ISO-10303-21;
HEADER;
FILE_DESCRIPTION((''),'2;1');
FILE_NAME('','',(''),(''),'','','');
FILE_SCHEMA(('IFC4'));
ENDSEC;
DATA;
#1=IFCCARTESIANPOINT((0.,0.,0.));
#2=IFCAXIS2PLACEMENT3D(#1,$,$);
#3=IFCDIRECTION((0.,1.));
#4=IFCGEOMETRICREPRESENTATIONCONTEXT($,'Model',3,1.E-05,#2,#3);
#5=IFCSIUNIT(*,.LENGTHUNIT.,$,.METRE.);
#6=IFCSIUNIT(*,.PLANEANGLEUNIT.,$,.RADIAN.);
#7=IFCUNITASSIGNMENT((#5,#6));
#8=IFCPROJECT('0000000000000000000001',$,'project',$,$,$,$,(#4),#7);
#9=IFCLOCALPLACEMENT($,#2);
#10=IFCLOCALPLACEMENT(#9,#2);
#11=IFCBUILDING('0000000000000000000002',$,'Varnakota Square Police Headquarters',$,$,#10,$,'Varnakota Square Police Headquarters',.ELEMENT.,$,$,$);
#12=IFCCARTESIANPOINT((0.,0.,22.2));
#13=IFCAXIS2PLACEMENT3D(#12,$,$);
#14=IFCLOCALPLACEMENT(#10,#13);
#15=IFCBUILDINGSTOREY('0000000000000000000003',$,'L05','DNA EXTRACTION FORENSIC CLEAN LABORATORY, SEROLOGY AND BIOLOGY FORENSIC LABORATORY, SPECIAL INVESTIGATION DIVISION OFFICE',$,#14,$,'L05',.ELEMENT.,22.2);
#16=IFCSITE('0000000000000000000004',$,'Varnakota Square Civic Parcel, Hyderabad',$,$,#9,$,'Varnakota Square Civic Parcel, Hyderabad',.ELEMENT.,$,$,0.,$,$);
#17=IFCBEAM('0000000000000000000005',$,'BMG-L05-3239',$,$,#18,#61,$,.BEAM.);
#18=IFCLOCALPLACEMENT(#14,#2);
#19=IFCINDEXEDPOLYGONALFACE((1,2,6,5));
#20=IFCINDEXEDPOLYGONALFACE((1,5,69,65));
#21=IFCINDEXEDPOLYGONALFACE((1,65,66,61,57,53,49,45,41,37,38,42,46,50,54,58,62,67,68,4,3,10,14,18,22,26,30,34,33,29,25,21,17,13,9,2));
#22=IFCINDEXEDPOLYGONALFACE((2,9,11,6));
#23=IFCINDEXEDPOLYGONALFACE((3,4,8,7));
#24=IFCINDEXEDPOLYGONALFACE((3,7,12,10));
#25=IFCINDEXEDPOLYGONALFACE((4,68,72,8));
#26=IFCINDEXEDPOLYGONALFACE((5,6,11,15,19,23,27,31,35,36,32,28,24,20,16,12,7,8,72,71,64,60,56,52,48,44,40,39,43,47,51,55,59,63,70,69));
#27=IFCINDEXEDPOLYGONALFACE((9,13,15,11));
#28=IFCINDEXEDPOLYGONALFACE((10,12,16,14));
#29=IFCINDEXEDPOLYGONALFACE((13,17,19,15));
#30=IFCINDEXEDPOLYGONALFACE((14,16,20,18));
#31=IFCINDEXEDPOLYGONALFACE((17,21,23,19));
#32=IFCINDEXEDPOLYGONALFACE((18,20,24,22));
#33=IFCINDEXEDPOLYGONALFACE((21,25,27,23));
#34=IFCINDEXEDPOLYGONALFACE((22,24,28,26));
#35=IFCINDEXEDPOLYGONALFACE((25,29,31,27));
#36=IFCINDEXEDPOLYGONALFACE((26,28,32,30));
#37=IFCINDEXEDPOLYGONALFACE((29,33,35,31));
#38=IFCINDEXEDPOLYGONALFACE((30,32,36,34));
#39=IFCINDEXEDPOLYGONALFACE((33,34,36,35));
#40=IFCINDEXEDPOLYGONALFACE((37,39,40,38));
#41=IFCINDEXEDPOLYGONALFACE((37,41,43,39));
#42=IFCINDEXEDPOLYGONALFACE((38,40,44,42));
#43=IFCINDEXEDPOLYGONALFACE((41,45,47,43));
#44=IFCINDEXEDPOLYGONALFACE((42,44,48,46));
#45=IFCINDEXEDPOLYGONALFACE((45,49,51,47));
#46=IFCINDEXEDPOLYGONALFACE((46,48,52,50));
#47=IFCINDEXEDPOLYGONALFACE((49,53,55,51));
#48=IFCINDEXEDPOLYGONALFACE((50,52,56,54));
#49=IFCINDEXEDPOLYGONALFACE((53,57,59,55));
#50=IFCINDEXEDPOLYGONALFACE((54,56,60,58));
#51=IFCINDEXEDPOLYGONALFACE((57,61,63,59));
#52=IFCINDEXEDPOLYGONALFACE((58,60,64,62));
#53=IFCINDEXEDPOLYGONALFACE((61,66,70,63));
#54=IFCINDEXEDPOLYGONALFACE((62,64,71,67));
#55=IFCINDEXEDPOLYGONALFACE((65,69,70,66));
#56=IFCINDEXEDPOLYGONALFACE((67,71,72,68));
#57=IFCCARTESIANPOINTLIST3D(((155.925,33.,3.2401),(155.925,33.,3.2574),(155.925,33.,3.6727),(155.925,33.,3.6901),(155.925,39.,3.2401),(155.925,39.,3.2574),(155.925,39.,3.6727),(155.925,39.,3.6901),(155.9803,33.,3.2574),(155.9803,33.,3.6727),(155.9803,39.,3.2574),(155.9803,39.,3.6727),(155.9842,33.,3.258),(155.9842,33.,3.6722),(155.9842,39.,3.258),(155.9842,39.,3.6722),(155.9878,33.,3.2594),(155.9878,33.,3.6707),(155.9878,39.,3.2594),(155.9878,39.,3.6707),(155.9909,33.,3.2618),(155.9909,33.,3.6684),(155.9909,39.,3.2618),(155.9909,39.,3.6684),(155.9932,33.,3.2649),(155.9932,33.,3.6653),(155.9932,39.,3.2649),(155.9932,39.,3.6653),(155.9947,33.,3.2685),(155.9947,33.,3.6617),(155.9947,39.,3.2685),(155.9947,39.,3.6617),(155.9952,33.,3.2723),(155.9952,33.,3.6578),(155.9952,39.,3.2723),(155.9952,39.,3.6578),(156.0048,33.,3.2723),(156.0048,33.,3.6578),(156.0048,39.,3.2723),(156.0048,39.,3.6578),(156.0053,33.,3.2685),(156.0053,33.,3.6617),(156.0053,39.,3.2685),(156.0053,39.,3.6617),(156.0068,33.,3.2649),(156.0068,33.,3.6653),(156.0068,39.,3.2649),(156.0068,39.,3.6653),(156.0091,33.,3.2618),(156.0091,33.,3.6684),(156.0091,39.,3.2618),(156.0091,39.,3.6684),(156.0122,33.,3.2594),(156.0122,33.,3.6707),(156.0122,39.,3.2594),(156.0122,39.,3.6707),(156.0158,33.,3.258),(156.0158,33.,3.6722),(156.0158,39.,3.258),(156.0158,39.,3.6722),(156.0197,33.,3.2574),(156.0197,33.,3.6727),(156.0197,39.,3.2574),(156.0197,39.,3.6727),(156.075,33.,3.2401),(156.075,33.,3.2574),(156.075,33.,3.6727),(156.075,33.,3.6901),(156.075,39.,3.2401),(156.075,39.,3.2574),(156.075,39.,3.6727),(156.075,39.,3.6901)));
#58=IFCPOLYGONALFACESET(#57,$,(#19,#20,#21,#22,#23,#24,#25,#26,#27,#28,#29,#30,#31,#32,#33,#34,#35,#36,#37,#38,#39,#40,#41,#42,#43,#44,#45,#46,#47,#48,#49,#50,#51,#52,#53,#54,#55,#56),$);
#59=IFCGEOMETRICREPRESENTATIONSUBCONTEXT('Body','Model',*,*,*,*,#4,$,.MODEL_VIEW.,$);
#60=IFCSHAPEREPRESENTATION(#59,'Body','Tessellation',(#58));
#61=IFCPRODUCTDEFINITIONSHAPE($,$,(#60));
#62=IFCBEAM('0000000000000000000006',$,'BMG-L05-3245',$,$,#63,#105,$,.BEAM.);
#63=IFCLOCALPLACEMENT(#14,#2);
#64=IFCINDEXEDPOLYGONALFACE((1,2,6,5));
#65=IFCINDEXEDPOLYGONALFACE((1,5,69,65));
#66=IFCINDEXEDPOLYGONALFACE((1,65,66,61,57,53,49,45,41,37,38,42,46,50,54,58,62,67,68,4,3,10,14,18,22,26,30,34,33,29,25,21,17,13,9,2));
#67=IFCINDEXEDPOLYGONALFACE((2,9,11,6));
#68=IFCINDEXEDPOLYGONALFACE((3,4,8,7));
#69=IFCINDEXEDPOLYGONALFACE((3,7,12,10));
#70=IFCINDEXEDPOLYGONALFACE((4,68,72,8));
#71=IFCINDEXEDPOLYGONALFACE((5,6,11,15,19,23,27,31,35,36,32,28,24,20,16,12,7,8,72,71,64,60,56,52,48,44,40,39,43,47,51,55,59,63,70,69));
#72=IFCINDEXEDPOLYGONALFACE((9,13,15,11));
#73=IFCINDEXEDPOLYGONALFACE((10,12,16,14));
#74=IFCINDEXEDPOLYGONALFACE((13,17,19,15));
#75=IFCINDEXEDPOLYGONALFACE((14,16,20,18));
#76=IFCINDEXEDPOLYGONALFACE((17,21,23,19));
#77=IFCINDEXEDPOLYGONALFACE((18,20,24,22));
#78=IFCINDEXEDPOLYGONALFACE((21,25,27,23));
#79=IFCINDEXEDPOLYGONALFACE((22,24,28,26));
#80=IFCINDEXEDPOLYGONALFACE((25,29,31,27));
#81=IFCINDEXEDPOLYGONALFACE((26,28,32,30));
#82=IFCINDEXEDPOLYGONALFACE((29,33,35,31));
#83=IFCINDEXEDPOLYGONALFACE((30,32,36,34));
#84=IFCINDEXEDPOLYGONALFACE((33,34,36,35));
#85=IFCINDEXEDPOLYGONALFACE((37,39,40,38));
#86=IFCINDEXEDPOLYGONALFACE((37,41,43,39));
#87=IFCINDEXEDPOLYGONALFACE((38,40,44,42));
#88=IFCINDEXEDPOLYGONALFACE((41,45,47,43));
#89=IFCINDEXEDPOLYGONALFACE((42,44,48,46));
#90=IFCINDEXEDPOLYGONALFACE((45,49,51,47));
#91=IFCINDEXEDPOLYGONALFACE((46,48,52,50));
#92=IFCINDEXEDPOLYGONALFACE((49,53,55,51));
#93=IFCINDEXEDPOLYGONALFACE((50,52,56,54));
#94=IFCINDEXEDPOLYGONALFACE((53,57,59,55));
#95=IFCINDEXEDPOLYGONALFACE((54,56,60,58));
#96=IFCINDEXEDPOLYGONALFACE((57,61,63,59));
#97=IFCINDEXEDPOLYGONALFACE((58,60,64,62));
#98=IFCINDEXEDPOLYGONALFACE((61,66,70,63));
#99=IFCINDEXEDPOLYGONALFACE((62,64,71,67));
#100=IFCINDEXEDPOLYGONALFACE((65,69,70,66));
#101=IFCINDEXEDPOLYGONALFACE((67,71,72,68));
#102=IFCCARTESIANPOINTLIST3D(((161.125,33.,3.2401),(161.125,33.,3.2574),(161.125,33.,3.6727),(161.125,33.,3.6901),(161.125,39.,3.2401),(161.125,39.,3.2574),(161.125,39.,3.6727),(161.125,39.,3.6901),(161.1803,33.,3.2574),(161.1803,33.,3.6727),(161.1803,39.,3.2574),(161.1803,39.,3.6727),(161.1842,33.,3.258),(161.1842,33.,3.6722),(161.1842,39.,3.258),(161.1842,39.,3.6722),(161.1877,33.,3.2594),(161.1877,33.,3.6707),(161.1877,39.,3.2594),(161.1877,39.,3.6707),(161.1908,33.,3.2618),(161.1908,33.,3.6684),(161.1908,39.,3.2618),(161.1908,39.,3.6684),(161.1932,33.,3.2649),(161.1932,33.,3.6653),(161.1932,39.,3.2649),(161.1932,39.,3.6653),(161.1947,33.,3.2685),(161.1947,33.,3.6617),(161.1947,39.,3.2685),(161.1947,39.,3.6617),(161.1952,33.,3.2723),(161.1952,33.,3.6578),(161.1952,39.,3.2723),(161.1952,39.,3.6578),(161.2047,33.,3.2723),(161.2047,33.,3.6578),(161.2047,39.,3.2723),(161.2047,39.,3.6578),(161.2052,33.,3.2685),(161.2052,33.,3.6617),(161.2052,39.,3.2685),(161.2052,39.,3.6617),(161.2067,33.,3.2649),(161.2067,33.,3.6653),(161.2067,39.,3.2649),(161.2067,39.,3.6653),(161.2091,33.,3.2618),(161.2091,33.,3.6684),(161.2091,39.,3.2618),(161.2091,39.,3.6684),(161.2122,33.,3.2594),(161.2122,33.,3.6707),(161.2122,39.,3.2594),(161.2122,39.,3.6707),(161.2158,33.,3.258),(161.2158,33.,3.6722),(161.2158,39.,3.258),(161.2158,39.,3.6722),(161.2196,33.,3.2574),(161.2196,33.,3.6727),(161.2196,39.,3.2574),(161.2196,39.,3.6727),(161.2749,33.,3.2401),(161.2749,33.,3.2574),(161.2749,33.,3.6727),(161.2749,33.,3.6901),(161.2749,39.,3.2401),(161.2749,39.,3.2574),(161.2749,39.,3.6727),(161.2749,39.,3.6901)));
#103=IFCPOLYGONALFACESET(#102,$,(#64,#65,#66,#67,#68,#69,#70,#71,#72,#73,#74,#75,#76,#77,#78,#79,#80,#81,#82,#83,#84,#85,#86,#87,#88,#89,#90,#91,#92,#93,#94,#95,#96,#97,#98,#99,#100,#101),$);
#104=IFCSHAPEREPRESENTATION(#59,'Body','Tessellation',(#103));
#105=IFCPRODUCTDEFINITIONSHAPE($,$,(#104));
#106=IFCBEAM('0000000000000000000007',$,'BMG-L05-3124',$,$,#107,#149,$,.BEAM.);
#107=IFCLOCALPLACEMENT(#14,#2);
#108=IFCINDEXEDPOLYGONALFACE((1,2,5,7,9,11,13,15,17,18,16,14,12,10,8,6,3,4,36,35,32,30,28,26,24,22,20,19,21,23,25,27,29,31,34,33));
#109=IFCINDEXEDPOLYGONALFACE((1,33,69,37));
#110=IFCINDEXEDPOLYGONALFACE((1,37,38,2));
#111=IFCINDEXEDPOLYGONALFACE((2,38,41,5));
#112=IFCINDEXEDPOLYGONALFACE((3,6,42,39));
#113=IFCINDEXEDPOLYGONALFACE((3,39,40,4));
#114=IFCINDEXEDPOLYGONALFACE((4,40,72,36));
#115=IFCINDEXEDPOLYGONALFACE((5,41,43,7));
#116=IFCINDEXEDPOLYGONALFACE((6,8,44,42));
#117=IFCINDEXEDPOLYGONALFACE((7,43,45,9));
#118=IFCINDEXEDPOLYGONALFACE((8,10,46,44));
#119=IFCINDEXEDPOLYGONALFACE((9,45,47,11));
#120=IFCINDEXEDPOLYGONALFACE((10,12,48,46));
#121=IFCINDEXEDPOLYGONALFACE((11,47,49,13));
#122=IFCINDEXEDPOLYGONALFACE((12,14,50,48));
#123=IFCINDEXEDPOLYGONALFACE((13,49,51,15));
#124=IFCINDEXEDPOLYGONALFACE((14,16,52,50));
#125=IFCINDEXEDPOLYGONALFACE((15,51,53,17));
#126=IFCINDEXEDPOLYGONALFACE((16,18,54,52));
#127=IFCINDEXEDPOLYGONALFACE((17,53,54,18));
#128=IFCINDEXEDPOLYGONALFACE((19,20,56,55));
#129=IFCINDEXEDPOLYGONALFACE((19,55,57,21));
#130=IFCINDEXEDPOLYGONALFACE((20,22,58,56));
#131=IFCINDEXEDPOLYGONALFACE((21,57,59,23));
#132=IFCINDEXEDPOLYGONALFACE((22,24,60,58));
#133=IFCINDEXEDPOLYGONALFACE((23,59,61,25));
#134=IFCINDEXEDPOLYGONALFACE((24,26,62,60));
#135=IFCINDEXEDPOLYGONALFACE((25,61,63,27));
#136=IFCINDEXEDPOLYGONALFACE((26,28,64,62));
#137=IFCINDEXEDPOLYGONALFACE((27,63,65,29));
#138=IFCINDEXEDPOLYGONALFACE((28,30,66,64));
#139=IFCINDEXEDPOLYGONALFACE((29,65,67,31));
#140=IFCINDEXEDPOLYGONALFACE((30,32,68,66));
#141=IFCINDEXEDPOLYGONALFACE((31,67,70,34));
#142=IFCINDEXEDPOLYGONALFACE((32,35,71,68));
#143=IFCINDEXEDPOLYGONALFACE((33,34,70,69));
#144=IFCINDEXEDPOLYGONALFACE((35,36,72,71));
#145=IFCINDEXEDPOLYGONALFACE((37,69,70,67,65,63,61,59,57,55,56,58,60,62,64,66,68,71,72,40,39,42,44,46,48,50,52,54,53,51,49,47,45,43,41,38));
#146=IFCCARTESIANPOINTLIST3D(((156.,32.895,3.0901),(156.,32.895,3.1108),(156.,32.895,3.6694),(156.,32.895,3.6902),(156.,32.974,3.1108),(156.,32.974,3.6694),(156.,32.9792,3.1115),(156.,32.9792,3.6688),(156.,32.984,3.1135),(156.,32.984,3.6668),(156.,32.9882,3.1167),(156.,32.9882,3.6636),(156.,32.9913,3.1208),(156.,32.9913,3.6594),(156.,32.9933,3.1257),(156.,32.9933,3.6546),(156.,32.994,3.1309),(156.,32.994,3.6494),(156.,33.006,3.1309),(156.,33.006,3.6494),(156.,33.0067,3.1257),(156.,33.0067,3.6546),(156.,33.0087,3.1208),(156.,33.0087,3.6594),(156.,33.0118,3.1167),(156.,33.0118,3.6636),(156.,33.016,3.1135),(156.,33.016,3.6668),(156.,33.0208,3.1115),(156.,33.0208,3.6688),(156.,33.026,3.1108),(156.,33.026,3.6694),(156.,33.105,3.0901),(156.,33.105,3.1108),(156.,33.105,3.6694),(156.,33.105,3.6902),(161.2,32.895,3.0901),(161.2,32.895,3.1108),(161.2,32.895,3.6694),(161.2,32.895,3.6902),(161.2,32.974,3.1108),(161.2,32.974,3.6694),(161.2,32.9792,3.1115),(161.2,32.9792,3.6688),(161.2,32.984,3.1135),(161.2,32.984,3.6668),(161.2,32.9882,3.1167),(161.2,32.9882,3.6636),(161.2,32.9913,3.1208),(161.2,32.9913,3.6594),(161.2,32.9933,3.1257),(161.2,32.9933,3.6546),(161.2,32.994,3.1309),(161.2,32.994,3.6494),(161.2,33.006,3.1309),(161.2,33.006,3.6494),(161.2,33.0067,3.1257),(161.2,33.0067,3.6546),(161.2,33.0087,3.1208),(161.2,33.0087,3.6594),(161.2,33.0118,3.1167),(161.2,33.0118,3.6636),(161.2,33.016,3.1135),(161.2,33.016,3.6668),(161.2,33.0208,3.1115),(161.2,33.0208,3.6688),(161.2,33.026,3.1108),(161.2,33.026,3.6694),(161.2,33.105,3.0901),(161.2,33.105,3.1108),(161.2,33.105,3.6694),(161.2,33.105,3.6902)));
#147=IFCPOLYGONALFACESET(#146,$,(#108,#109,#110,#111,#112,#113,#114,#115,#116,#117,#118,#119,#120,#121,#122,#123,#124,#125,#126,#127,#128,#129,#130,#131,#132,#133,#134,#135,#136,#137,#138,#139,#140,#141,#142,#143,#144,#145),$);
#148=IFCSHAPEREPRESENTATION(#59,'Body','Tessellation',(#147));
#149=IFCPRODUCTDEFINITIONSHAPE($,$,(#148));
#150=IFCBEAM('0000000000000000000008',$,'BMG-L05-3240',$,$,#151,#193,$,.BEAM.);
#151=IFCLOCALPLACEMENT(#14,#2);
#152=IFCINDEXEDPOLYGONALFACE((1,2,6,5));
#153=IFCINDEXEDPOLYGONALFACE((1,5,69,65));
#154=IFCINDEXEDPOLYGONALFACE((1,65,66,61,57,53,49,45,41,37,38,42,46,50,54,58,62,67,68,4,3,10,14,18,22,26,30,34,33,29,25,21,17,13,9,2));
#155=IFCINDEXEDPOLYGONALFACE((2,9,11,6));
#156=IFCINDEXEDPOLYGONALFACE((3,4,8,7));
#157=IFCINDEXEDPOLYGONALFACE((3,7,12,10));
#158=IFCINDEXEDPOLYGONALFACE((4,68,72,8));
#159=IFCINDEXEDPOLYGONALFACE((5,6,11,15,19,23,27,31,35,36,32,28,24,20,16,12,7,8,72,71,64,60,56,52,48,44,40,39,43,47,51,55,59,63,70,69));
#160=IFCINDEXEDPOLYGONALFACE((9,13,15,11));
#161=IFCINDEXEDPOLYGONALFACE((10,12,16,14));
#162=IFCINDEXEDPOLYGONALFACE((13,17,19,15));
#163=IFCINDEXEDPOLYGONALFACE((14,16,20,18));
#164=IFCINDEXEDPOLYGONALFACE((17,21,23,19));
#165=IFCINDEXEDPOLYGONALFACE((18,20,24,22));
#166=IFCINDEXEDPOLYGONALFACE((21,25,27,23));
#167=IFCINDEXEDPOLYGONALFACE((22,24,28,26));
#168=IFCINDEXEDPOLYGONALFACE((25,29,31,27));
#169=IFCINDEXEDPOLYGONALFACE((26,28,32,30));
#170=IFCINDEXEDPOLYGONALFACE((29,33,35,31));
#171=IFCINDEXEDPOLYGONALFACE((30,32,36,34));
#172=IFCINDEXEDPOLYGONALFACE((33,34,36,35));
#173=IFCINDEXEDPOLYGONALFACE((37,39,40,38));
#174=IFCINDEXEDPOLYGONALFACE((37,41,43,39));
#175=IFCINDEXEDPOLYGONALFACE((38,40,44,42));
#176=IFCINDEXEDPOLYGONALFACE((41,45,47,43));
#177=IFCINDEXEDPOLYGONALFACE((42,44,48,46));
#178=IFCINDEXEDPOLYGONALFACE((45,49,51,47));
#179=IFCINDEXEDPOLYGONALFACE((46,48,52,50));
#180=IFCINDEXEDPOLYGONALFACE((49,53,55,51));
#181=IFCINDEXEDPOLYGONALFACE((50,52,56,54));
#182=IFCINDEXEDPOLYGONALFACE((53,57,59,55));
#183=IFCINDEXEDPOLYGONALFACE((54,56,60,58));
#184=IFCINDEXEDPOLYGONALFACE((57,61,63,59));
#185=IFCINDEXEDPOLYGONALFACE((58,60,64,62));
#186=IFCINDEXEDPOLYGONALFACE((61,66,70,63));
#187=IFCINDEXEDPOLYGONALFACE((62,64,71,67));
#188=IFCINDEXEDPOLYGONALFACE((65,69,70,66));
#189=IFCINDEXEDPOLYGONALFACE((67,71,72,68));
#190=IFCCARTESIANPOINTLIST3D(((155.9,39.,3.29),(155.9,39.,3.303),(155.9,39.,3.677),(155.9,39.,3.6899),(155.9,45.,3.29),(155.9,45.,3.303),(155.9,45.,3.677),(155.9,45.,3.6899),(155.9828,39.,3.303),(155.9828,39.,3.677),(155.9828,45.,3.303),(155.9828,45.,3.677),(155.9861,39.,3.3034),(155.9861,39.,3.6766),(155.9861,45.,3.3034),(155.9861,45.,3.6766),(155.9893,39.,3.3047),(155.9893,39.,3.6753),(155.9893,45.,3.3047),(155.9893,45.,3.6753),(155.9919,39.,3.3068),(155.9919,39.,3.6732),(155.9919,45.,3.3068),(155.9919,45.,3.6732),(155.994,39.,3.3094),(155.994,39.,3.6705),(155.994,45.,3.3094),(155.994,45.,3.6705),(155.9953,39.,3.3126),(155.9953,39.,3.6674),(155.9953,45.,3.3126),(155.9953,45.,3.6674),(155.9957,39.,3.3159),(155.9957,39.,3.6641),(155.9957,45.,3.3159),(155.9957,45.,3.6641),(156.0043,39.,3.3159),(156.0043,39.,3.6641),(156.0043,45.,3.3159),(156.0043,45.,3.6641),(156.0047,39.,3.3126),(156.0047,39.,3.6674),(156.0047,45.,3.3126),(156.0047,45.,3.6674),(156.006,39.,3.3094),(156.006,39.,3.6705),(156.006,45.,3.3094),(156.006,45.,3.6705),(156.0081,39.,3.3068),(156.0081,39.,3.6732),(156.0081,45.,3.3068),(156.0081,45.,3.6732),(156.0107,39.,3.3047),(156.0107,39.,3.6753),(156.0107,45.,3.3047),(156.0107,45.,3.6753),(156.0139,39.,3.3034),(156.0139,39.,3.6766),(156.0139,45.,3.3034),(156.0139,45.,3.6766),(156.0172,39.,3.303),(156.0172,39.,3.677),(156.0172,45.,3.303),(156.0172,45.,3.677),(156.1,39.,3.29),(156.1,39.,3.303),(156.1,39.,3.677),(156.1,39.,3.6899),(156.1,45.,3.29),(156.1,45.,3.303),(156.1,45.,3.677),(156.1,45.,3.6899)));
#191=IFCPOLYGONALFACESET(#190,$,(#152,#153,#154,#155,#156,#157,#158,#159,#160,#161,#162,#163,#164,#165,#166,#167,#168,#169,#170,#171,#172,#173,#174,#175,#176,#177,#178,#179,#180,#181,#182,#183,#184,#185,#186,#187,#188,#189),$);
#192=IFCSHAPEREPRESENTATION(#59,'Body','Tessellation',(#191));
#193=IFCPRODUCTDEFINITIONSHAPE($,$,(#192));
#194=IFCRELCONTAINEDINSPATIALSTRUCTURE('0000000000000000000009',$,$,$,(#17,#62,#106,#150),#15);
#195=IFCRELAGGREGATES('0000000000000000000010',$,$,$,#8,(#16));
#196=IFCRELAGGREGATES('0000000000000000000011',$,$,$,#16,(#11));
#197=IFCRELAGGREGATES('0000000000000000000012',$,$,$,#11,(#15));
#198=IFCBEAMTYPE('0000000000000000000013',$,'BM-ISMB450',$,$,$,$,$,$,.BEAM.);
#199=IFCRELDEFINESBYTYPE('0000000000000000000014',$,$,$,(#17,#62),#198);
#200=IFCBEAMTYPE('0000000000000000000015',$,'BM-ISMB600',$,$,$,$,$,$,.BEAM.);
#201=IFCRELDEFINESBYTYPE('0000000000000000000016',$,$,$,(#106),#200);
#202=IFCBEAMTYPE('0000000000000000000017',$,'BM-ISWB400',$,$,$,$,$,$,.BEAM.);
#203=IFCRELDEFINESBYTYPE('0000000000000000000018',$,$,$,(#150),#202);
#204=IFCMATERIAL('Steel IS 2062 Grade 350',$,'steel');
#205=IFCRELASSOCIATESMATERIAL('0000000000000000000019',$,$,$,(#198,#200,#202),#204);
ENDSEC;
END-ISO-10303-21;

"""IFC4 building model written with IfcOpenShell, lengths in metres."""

from ifc_helpers import new_model, si_unit, direction, frame, origin, origin_2d, place, context, subcontext, project, spatial, i_section, extrude, material, material_profile, profile_set, type_object, element, save


model = new_model("IFC4")

# Units and contexts
model_context = context("Model", 3, precision=1e-05, world=origin(), true_north=direction((0.0, 1.0)))
body_context = subcontext(model_context, "Body", "Model", "MODEL_VIEW")
ifc_project = project(units=[si_unit("LENGTHUNIT", "METRE"), si_unit("PLANEANGLEUNIT", "RADIAN")], contexts=[model_context])

# Site, building, storey
site_placement = place(None, origin())
site = spatial("IfcSite", under=ifc_project, at=site_placement, Name="Varnakota Square Civic Parcel, Hyderabad", LongName="Varnakota Square Civic Parcel, Hyderabad", CompositionType="ELEMENT", RefElevation=0.0)
building_placement = place(site_placement, origin())
building = spatial("IfcBuilding", under=site, at=building_placement, Name="Varnakota Square Police Headquarters", LongName="Varnakota Square Police Headquarters", CompositionType="ELEMENT")
storey_placement = place(building_placement, frame((0.0, 0.0, 22.2)))
storey = spatial("IfcBuildingStorey", under=building, at=storey_placement, Name="L05", Description="DNA EXTRACTION FORENSIC CLEAN LABORATORY, SEROLOGY AND BIOLOGY FORENSIC LABORATORY, SPECIAL INVESTIGATION DIVISION OFFICE", LongName="L05", CompositionType="ELEMENT", Elevation=22.2)

# Shared definitions
ifc_material_1 = material(Name="Steel IS 2062 Grade 350", Category="steel")

# Beams
ifc_material_profile_1 = material_profile(ifc_material_1, i_section(OverallWidth=0.1499, OverallDepth=0.45, WebThickness=0.0095, FlangeThickness=0.0173, FilletRadius=0.0149, at=origin_2d()), Name="ISMB 450")
ifc_profile_set_1 = profile_set([ifc_material_profile_1], Name="Steel IS 2062 Grade 350")
beam_type_1 = type_object("IfcBeamType", Name="BM-ISMB450", PredefinedType="BEAM", material=ifc_profile_set_1)
for number, where, z_axis, x_axis, name in (
    (1, (156.0, 33.0, 3.4651), (0.0, 1.0, 0.0), (-1.0, 0.0, 0.0), "BMG-L05-3239"),
    (2, (161.2, 33.0, 3.4651), (0.0, 1.0, 0.0), (-1.0, 0.0, 0.0), "BMG-L05-3245"),
):
    element("IfcBeam", number, at=place(storey_placement, frame(where, z_axis=z_axis, x_axis=x_axis)), inside=storey, type_object=beam_type_1, Name=name, PredefinedType="BEAM", context=body_context, shape_type="SweptSolid", body=[
        extrude(i_section(OverallWidth=0.1499, OverallDepth=0.45, WebThickness=0.0095, FlangeThickness=0.0173, FilletRadius=0.0149, at=origin_2d()), origin(), (0.0, 0.0, 1.0), 6.0),
    ])
ifc_material_profile_2 = material_profile(ifc_material_1, i_section(OverallWidth=0.21, OverallDepth=0.6001, WebThickness=0.012, FlangeThickness=0.0208, FilletRadius=0.02, at=origin_2d()), Name="ISMB 600")
ifc_profile_set_2 = profile_set([ifc_material_profile_2], Name="Steel IS 2062 Grade 350")
beam_type_2 = type_object("IfcBeamType", Name="BM-ISMB600", PredefinedType="BEAM", material=ifc_profile_set_2)
beam_1_placement = place(storey_placement, frame((156.0, 33.0, 3.3901), z_axis=(1.0, 0.0, 0.0), x_axis=(0.0, 1.0, 0.0)))
element("IfcBeam", 3, at=beam_1_placement, inside=storey, type_object=beam_type_2, Name="BMG-L05-3124", PredefinedType="BEAM", context=body_context, shape_type="SweptSolid", body=[
    extrude(i_section(OverallWidth=0.21, OverallDepth=0.6001, WebThickness=0.012, FlangeThickness=0.0208, FilletRadius=0.02, at=origin_2d()), origin(), (0.0, 0.0, 1.0), 5.2),
])
ifc_material_profile_3 = material_profile(ifc_material_1, i_section(OverallWidth=0.2, OverallDepth=0.3999, WebThickness=0.0085, FlangeThickness=0.0129, FilletRadius=0.0129, at=origin_2d()), Name="ISWB 400")
ifc_profile_set_3 = profile_set([ifc_material_profile_3], Name="Steel IS 2062 Grade 350")
beam_type_3 = type_object("IfcBeamType", Name="BM-ISWB400", PredefinedType="BEAM", material=ifc_profile_set_3)
beam_2_placement = place(storey_placement, frame((156.0, 39.0, 3.49), z_axis=(0.0, 1.0, 0.0), x_axis=(-1.0, 0.0, 0.0)))
element("IfcBeam", 4, at=beam_2_placement, inside=storey, type_object=beam_type_3, Name="BMG-L05-3240", PredefinedType="BEAM", context=body_context, shape_type="SweptSolid", body=[
    extrude(i_section(OverallWidth=0.2, OverallDepth=0.3999, WebThickness=0.0085, FlangeThickness=0.0129, FilletRadius=0.0129, at=origin_2d()), origin(), (0.0, 0.0, 1.0), 6.0),
])

save(model, "model.ifc")
